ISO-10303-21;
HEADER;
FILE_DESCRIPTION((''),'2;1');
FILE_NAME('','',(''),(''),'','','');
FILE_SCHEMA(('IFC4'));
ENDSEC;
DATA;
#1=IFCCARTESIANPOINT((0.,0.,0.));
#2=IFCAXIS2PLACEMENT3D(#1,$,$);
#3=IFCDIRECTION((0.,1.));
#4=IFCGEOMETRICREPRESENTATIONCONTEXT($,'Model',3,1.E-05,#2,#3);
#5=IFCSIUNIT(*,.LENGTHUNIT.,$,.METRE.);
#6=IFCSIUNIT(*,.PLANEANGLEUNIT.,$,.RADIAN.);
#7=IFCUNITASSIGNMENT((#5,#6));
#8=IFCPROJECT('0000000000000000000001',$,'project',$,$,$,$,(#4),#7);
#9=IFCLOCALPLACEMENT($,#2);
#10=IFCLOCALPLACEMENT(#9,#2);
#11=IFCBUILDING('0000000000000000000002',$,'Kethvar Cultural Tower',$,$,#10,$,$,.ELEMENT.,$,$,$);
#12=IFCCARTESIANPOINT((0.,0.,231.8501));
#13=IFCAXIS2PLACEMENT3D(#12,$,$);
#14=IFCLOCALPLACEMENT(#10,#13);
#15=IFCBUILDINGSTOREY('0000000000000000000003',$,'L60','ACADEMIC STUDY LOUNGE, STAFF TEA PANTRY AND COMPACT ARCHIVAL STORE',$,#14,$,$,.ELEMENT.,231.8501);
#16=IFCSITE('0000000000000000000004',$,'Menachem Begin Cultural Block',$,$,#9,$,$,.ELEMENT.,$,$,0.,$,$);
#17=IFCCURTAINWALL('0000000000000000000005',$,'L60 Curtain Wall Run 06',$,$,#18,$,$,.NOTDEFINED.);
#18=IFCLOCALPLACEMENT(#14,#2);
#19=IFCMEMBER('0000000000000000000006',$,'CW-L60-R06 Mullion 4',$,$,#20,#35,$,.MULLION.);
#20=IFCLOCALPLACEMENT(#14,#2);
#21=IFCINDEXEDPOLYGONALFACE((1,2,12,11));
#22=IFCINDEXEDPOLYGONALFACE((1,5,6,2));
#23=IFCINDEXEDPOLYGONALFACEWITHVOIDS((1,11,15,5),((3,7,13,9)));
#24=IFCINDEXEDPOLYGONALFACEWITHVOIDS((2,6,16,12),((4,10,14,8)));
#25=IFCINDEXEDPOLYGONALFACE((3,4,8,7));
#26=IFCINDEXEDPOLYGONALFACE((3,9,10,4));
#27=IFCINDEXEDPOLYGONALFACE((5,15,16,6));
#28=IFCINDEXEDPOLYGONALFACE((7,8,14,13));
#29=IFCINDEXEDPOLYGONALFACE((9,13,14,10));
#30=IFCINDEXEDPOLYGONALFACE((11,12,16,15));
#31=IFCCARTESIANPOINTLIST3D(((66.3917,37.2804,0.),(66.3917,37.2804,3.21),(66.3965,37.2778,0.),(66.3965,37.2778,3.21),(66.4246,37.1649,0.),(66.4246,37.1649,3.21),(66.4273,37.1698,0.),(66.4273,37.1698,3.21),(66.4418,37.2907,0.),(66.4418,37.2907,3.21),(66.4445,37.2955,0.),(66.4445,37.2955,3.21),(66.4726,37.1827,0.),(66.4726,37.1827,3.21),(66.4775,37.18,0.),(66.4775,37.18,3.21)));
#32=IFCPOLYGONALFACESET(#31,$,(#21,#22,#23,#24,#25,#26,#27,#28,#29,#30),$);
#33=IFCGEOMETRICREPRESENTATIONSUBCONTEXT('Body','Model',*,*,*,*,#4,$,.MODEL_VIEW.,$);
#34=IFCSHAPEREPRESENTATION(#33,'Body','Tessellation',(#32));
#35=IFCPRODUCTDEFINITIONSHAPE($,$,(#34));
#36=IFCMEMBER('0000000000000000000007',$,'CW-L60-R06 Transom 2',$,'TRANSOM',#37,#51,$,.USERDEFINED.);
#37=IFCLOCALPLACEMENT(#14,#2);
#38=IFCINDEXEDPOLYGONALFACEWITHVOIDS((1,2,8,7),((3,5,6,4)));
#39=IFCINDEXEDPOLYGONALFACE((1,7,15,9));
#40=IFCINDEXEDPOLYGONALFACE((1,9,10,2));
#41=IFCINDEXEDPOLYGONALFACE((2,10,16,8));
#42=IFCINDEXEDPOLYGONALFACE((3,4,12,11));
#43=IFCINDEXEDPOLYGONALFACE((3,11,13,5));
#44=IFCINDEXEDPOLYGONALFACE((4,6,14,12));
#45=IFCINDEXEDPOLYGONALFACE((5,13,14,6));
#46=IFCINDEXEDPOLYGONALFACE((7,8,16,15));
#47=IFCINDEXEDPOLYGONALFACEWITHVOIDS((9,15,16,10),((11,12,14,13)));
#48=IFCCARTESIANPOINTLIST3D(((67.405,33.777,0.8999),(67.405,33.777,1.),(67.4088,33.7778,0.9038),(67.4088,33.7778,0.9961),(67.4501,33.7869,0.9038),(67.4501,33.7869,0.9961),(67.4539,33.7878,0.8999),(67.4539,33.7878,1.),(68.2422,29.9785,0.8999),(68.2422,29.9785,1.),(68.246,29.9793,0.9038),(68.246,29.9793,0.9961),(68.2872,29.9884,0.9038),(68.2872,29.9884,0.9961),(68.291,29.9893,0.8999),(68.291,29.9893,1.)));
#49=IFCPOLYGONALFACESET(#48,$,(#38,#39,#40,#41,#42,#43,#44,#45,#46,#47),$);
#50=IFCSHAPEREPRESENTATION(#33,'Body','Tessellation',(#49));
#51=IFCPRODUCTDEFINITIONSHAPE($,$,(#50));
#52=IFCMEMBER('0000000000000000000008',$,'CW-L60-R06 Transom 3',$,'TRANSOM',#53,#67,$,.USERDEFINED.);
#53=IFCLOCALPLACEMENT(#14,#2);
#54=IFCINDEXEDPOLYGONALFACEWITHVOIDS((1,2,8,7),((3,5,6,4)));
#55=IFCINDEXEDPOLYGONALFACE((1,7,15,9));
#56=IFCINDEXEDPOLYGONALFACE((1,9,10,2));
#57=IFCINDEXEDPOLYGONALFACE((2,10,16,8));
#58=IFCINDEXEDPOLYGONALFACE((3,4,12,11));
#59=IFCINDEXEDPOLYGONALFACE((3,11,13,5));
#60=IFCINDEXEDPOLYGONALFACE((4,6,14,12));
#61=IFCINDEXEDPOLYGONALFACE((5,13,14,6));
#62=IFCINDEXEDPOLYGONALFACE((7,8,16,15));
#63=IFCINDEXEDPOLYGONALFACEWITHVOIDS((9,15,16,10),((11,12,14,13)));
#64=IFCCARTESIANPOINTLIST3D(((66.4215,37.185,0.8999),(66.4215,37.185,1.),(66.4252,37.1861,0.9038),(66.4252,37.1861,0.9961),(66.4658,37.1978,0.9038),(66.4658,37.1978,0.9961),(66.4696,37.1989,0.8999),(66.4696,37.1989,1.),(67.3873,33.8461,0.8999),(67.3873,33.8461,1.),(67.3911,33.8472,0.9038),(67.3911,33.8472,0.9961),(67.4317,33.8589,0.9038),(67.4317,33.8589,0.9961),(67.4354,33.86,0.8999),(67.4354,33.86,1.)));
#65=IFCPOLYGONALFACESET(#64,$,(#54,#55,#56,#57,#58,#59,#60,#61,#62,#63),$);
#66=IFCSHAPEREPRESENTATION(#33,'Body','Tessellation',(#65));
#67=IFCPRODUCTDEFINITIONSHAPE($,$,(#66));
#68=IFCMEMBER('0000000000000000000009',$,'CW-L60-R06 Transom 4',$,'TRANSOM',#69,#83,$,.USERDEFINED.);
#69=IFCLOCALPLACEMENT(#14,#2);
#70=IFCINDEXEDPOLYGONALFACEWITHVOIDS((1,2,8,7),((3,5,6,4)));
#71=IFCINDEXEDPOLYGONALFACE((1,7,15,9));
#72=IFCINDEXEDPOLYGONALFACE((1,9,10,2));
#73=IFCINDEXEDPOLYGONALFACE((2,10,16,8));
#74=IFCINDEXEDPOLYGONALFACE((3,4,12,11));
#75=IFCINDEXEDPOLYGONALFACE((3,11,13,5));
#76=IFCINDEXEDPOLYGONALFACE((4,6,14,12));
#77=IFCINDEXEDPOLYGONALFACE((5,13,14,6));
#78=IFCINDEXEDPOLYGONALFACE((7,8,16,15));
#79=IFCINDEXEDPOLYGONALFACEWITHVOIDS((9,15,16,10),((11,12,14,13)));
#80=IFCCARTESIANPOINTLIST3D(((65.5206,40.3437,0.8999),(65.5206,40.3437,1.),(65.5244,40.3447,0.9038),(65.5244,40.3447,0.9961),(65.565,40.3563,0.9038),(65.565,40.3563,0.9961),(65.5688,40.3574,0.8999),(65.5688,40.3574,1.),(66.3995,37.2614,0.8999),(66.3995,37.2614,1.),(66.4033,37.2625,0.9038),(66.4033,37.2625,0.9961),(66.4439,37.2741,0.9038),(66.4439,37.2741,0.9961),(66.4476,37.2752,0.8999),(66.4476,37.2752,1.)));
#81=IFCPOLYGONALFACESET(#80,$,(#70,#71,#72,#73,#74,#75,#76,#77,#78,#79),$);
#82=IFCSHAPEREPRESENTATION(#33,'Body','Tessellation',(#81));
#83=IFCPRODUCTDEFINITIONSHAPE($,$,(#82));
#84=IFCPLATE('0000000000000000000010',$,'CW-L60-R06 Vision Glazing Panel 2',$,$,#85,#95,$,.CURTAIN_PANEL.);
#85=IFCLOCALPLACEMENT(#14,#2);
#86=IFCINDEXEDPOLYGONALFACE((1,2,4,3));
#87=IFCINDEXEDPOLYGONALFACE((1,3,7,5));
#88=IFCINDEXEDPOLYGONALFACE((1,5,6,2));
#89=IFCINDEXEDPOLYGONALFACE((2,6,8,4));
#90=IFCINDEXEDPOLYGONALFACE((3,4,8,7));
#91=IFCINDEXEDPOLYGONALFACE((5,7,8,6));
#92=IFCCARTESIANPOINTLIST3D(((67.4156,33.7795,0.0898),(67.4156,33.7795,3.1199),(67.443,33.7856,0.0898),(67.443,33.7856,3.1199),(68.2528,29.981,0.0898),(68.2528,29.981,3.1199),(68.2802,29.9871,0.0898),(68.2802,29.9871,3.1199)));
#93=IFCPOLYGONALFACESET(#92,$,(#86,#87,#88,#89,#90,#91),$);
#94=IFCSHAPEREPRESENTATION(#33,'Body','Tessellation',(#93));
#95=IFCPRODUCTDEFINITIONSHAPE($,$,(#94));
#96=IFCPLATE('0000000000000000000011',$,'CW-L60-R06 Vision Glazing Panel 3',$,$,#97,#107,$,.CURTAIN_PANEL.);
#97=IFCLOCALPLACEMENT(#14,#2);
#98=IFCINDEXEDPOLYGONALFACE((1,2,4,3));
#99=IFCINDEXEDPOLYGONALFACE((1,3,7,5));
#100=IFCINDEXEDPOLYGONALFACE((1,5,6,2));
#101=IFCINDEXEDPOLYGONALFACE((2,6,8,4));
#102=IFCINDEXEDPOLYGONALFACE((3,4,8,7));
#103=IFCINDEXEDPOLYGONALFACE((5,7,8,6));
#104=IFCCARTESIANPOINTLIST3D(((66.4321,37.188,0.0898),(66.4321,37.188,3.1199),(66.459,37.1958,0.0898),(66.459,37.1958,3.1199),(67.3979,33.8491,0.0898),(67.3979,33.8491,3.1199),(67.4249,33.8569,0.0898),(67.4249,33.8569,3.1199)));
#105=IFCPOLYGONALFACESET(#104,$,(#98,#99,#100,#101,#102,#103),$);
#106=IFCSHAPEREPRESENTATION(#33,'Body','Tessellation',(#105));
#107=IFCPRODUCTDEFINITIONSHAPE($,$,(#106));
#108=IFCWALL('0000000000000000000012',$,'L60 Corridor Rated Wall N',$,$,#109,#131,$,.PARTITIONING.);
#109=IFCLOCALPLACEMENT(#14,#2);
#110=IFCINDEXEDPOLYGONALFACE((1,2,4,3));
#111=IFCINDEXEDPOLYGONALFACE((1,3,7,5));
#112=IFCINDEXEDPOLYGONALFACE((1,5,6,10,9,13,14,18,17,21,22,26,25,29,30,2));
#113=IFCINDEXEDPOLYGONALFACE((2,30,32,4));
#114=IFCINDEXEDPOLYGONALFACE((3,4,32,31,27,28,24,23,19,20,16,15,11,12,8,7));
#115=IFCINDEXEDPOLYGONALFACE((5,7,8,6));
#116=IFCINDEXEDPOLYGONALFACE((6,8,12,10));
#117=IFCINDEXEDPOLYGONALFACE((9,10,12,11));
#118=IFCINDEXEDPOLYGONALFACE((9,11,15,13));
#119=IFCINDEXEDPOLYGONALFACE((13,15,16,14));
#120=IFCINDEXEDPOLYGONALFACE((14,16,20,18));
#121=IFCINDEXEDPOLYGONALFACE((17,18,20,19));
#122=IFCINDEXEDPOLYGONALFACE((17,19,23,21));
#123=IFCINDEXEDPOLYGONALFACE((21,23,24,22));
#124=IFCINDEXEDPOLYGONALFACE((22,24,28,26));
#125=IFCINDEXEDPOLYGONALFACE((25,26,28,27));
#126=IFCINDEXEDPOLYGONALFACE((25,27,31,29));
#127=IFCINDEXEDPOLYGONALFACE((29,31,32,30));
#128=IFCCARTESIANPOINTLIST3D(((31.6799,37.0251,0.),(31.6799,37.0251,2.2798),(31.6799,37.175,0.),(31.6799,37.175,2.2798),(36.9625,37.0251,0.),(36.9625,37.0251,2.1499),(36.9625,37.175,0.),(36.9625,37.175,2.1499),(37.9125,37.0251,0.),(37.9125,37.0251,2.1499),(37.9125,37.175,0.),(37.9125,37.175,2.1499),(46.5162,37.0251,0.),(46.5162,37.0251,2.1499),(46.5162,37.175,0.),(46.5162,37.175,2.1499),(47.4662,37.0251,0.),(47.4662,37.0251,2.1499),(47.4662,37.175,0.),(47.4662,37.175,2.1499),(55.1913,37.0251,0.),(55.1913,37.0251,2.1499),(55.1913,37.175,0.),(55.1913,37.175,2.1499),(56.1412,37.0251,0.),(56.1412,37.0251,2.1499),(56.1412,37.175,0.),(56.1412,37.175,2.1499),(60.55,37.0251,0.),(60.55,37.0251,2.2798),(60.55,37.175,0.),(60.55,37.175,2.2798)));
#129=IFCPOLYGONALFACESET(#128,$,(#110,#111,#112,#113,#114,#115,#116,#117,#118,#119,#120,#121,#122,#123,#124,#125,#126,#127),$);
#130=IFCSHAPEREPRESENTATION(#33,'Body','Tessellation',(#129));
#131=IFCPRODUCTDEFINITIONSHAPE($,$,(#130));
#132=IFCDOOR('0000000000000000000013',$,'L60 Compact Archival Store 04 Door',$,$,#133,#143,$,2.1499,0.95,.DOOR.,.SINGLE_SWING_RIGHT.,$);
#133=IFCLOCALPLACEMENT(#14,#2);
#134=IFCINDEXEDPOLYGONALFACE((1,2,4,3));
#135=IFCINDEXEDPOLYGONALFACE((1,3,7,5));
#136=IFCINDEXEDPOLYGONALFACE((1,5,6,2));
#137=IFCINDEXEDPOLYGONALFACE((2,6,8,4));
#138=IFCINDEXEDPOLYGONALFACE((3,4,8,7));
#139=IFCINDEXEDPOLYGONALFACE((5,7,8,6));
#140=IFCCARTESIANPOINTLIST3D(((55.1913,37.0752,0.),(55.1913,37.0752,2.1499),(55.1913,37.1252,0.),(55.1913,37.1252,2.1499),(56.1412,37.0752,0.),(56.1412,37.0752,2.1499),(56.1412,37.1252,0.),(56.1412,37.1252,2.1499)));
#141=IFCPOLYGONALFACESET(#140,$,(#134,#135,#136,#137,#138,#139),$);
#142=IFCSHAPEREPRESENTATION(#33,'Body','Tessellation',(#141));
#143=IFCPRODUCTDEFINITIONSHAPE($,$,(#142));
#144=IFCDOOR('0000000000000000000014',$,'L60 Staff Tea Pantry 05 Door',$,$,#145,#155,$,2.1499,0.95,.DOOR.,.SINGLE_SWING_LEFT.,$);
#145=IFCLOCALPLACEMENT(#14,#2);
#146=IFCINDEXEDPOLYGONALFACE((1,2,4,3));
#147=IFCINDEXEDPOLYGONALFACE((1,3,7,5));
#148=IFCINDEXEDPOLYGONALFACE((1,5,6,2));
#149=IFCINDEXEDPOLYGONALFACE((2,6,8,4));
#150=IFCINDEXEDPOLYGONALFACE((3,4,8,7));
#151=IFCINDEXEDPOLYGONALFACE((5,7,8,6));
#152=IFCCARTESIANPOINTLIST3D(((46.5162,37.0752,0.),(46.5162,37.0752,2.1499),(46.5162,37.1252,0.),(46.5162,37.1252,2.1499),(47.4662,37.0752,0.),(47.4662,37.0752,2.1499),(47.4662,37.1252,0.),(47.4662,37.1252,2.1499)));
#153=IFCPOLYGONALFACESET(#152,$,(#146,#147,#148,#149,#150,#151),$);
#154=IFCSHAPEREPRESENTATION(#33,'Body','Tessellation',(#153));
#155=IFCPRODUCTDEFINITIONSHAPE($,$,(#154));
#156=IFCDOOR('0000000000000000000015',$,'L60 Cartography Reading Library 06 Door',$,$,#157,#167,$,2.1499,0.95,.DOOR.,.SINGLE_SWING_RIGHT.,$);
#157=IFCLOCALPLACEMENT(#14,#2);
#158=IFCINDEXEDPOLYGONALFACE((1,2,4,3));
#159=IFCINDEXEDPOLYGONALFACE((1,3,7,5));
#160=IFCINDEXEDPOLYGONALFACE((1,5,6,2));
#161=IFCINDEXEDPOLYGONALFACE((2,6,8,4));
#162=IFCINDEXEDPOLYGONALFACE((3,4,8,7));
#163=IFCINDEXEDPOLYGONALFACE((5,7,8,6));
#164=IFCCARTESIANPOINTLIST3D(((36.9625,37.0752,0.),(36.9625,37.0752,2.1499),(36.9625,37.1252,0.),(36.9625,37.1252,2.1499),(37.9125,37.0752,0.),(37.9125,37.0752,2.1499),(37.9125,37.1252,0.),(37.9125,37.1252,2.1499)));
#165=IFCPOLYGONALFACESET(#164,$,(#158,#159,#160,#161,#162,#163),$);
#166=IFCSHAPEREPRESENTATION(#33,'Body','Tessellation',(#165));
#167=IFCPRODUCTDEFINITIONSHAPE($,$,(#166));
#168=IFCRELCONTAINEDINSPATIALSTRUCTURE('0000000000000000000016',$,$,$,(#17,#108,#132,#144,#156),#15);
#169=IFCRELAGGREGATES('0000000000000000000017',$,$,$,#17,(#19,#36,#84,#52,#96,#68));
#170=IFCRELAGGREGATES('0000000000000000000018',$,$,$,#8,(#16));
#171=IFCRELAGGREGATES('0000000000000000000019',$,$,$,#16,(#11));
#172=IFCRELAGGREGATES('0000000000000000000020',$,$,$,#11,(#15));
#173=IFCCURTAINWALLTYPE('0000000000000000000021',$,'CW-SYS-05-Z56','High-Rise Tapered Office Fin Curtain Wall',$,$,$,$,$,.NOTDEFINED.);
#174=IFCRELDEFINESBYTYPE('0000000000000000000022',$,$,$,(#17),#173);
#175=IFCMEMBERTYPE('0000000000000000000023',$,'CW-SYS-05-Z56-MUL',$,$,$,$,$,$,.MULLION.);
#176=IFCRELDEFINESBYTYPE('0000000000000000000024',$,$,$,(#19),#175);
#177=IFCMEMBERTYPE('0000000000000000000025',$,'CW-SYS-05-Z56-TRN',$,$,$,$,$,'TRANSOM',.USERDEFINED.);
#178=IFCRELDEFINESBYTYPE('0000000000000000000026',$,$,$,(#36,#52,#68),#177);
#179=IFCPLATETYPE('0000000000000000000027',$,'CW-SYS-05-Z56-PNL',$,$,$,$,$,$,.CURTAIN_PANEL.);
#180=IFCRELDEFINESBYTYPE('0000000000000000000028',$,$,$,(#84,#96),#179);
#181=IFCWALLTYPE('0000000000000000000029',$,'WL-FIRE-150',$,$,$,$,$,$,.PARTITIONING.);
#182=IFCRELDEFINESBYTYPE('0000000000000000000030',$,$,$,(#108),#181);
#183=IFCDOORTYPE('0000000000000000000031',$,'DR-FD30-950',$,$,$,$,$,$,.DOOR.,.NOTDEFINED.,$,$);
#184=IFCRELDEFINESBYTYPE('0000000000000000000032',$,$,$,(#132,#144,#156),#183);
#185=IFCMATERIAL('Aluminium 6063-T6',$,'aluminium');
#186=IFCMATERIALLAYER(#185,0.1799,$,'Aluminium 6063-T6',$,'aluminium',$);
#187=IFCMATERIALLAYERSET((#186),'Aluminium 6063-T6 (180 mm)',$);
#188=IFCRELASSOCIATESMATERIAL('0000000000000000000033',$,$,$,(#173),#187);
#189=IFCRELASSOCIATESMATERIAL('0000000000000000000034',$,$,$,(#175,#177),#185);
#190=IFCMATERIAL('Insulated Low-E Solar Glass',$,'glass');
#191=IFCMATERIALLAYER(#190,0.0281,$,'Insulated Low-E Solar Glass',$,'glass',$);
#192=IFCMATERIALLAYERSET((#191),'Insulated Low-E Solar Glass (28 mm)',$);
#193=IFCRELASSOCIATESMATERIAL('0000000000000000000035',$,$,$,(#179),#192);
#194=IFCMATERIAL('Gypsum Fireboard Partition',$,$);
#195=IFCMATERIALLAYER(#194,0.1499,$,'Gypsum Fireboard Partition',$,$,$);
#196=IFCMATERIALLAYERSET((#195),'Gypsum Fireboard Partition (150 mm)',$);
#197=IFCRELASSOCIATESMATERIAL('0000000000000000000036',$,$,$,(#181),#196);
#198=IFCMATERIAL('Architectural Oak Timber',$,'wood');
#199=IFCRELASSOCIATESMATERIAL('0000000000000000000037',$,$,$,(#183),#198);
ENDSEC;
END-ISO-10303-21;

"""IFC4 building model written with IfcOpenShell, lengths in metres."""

from ifc_helpers import new_model, si_unit, direction, frame, frame_2d, origin, origin_2d, place, context, subcontext, project, spatial, rectangle, hollow_rectangle, extrude, source, transform, mapped, material, layer, layer_set, material_profile, profile_set, type_object, element, fill, aggregate, save


model = new_model("IFC4")

# Units and contexts
model_context = context("Model", 3, precision=1e-05, world=origin(), true_north=direction((0.0, 1.0)))
body_context = subcontext(model_context, "Body", "Model", "MODEL_VIEW")
ifc_project = project(units=[si_unit("LENGTHUNIT", "METRE"), si_unit("PLANEANGLEUNIT", "RADIAN")], contexts=[model_context])

# Site, building, storey
site_placement = place(None, origin())
site = spatial("IfcSite", under=ifc_project, at=site_placement, Name="Menachem Begin Cultural Block", CompositionType="ELEMENT", RefElevation=0.0)
building_placement = place(site_placement, origin())
building = spatial("IfcBuilding", under=site, at=building_placement, Name="Kethvar Cultural Tower", CompositionType="ELEMENT")
storey_placement = place(building_placement, frame((0.0, 0.0, 231.8501)))
storey = spatial("IfcBuildingStorey", under=building, at=storey_placement, Name="L60", Description="ACADEMIC STUDY LOUNGE, STAFF TEA PANTRY AND COMPACT ARCHIVAL STORE", CompositionType="ELEMENT", Elevation=231.8501)

# Curtain wall, members, plates
ifc_material_1 = material(Name="Aluminium 6063-T6", Category="aluminium")
ifc_layer_1 = layer(ifc_material_1, 0.1799, Name="Aluminium 6063-T6", Category="aluminium")
ifc_layer_set_1 = layer_set([ifc_layer_1], Name="Aluminium 6063-T6 (180 mm)")
curtain_wall_type = type_object("IfcCurtainWallType", Name="CW-SYS-05-Z56", Description="High-Rise Tapered Office Fin Curtain Wall", PredefinedType="NOTDEFINED", material=ifc_layer_set_1)
curtain_wall_placement = place(storey_placement, origin())
curtain_wall = element("IfcCurtainWall", 1, at=curtain_wall_placement, inside=storey, type_object=curtain_wall_type, Name="L60 Curtain Wall Run 06", PredefinedType="NOTDEFINED")
ifc_material_profile_1 = material_profile(ifc_material_1, hollow_rectangle(XDim=0.0549, YDim=0.1201, WallThickness=0.0039, at=origin_2d()), Name="Aluminium 6063-T6 — RHS120x55x4")
ifc_profile_set_1 = profile_set([ifc_material_profile_1], Name="Aluminium 6063-T6 — RHS120x55x4")
member_type_1 = type_object("IfcMemberType", Name="CW-SYS-05-Z56-MUL", PredefinedType="MULLION", material=ifc_profile_set_1)
shared_shape_1 = source(origin(), body_context, "Body", "SweptSolid", [
    extrude(hollow_rectangle(XDim=0.0549, YDim=0.1201, WallThickness=0.0039, at=origin_2d()), origin(), (0.0, 0.0, 1.0), 3.21),
])
member_1_placement = place(storey_placement, frame((66.4346, 37.2302, 0.0), z_axis=(0.0, 0.0, 1.0), x_axis=(-0.961655, -0.274261, 0.0)))
member_1 = element("IfcMember", 2, at=member_1_placement, type_object=member_type_1, Name="CW-L60-R06 Mullion 4", PredefinedType="MULLION", context=body_context, shape_type="MappedRepresentation", body=[
    mapped(shared_shape_1, transform((0.0, 0.0, 0.0), scale=1.0)),
])
ifc_material_profile_2 = material_profile(ifc_material_1, hollow_rectangle(XDim=0.05, YDim=0.1001, WallThickness=0.0039, at=origin_2d()), Name="Aluminium 6063-T6 — RHS100x50x4")
ifc_profile_set_2 = profile_set([ifc_material_profile_2], Name="Aluminium 6063-T6 — RHS100x50x4")
member_type_2 = type_object("IfcMemberType", Name="CW-SYS-05-Z56-TRN", ElementType="TRANSOM", PredefinedType="USERDEFINED", material=ifc_profile_set_2)
shared_shape_2 = source(origin(), body_context, "Body", "SweptSolid", [
    extrude(hollow_rectangle(XDim=0.05, YDim=0.1001, WallThickness=0.0039, at=origin_2d()), origin(), (0.0, 0.0, 1.0), 3.8896),
])
member_2_placement = place(storey_placement, frame((68.2666, 29.9839, 0.95), z_axis=(-0.215222, 0.976565, 0.0), x_axis=(-0.976565, -0.215222, 0.0)))
member_2 = element("IfcMember", 3, at=member_2_placement, type_object=member_type_2, Name="CW-L60-R06 Transom 2", ObjectType="TRANSOM", PredefinedType="USERDEFINED", context=body_context, shape_type="MappedRepresentation", body=[
    mapped(shared_shape_2, transform((0.0, 0.0, 0.0), scale=1.0)),
])
shared_shape_3 = source(origin(), body_context, "Body", "SweptSolid", [
    extrude(hollow_rectangle(XDim=0.05, YDim=0.1001, WallThickness=0.0039, at=origin_2d()), origin(), (0.0, 0.0, 1.0), 3.4758),
])
member_3_placement = place(storey_placement, frame((67.4114, 33.853, 0.95), z_axis=(-0.277874, 0.960618, 0.0), x_axis=(-0.960618, -0.277874, 0.0)))
member_3 = element("IfcMember", 4, at=member_3_placement, type_object=member_type_2, Name="CW-L60-R06 Transom 3", ObjectType="TRANSOM", PredefinedType="USERDEFINED", context=body_context, shape_type="MappedRepresentation", body=[
    mapped(shared_shape_3, transform((0.0, 0.0, 0.0), scale=1.0)),
])
shared_shape_4 = source(origin(), body_context, "Body", "SweptSolid", [
    extrude(hollow_rectangle(XDim=0.05, YDim=0.1001, WallThickness=0.0039, at=origin_2d()), origin(), (0.0, 0.0, 1.0), 3.2051),
])
member_4_placement = place(storey_placement, frame((66.4236, 37.2683, 0.95), z_axis=(-0.274218, 0.961668, 0.0), x_axis=(-0.961668, -0.274218, 0.0)))
member_4 = element("IfcMember", 5, at=member_4_placement, type_object=member_type_2, Name="CW-L60-R06 Transom 4", ObjectType="TRANSOM", PredefinedType="USERDEFINED", context=body_context, shape_type="MappedRepresentation", body=[
    mapped(shared_shape_4, transform((0.0, 0.0, 0.0), scale=1.0)),
])
ifc_material_2 = material(Name="Insulated Low-E Solar Glass", Category="glass")
ifc_layer_2 = layer(ifc_material_2, 0.0281, Name="Insulated Low-E Solar Glass", Category="glass")
ifc_layer_set_2 = layer_set([ifc_layer_2], Name="Insulated Low-E Solar Glass (28 mm)")
plate_type = type_object("IfcPlateType", Name="CW-SYS-05-Z56-PNL", PredefinedType="CURTAIN_PANEL", material=ifc_layer_set_2)
shared_shape_5 = source(origin(), body_context, "Body", "SweptSolid", [
    extrude(rectangle(XDim=3.8896, YDim=0.0281, at=origin_2d()), origin(), (0.0, 0.0, 1.0), 3.03),
])
plate_1_placement = place(storey_placement, frame((67.8479, 31.8833, 0.0898), z_axis=(0.0, 0.0, 1.0), x_axis=(-0.215247, 0.97656, 0.0)))
plate_1 = element("IfcPlate", 6, at=plate_1_placement, type_object=plate_type, Name="CW-L60-R06 Vision Glazing Panel 2", PredefinedType="CURTAIN_PANEL", context=body_context, shape_type="MappedRepresentation", body=[
    mapped(shared_shape_5, transform((0.0, 0.0, 0.0), scale=1.0)),
])
shared_shape_6 = source(origin(), body_context, "Body", "SweptSolid", [
    extrude(rectangle(XDim=3.4758, YDim=0.0281, at=origin_2d()), origin(), (0.0, 0.0, 1.0), 3.03),
])
plate_2_placement = place(storey_placement, frame((66.9285, 35.5225, 0.0898), z_axis=(0.0, 0.0, 1.0), x_axis=(-0.277868, 0.960619, 0.0)))
plate_2 = element("IfcPlate", 7, at=plate_2_placement, type_object=plate_type, Name="CW-L60-R06 Vision Glazing Panel 3", PredefinedType="CURTAIN_PANEL", context=body_context, shape_type="MappedRepresentation", body=[
    mapped(shared_shape_6, transform((0.0, 0.0, 0.0), scale=1.0)),
])
aggregate(curtain_wall, [member_1, member_2, plate_1, member_3, plate_2, member_4])

# Wall, openings, doors
ifc_material_3 = material(Name="Gypsum Fireboard Partition")
ifc_layer_3 = layer(ifc_material_3, 0.1499, Name="Gypsum Fireboard Partition")
ifc_layer_set_3 = layer_set([ifc_layer_3], Name="Gypsum Fireboard Partition (150 mm)")
wall_type_1 = type_object("IfcWallType", Name="WL-FIRE-150", PredefinedType="PARTITIONING", material=ifc_layer_set_3)
wall_1_placement = place(storey_placement, frame((60.55, 37.1001, 0.0), z_axis=(0.0, 0.0, 1.0), x_axis=(-1.0, 0.0, 0.0)))
wall_1 = element("IfcWall", 8, at=wall_1_placement, inside=storey, type_object=wall_type_1, Name="L60 Corridor Rated Wall N", PredefinedType="PARTITIONING", context=body_context, shape_type="SweptSolid", body=[
    extrude(rectangle(XDim=28.8701, YDim=0.1499, at=frame_2d((14.4351, 0.0))), origin(), (0.0, 0.0, 1.0), 2.2798),
])
opening_1_placement = place(wall_1_placement, frame((4.4087, 0.0, 0.0)))
opening_1 = element("IfcOpeningElement", 9, at=opening_1_placement, cuts=wall_1, PredefinedType="OPENING", context=body_context, shape_type="SweptSolid", body=[
    extrude(rectangle(XDim=0.95, YDim=2.1499, at=frame_2d((0.4751, 1.075))), frame((0.0, 0.085, 0.0), z_axis=(0.0, -1.0, 0.0), x_axis=(1.0, 0.0, 0.0)), (0.0, 0.0, 1.0), 0.1699),
])
opening_2_placement = place(wall_1_placement, frame((13.0837, 0.0, 0.0)))
opening_2 = element("IfcOpeningElement", 10, at=opening_2_placement, cuts=wall_1, PredefinedType="OPENING", context=body_context, shape_type="SweptSolid", body=[
    extrude(rectangle(XDim=0.95, YDim=2.1499, at=frame_2d((0.4751, 1.075))), frame((0.0, 0.085, 0.0), z_axis=(0.0, -1.0, 0.0), x_axis=(1.0, 0.0, 0.0)), (0.0, 0.0, 1.0), 0.1699),
])
opening_3_placement = place(wall_1_placement, frame((22.6375, 0.0, 0.0)))
opening_3 = element("IfcOpeningElement", 11, at=opening_3_placement, cuts=wall_1, PredefinedType="OPENING", context=body_context, shape_type="SweptSolid", body=[
    extrude(rectangle(XDim=0.95, YDim=2.1499, at=frame_2d((0.4751, 1.075))), frame((0.0, 0.085, 0.0), z_axis=(0.0, -1.0, 0.0), x_axis=(1.0, 0.0, 0.0)), (0.0, 0.0, 1.0), 0.1699),
])
ifc_material_4 = material(Name="Architectural Oak Timber", Category="wood")
door_type = type_object("IfcDoorType", Name="DR-FD30-950", OperationType="NOTDEFINED", PredefinedType="DOOR", material=ifc_material_4)
shared_shape_7 = source(origin(), body_context, "Body", "SweptSolid", [
    extrude(rectangle(XDim=0.95, YDim=2.1499, at=frame_2d((0.4751, 1.075))), frame((0.0, 0.0249, 0.0), z_axis=(0.0, -1.0, 0.0), x_axis=(1.0, 0.0, 0.0)), (0.0, 0.0, 1.0), 0.05),
])
door_1_placement = place(opening_1_placement, origin())
door_1 = element("IfcDoor", 12, at=door_1_placement, inside=storey, type_object=door_type, Name="L60 Compact Archival Store 04 Door", OperationType="SINGLE_SWING_RIGHT", OverallHeight=2.1499, OverallWidth=0.95, PredefinedType="DOOR", context=body_context, shape_type="MappedRepresentation", body=[
    mapped(shared_shape_7, transform((0.0, 0.0, 0.0), scale=1.0)),
])
fill(opening_1, door_1)
door_2_placement = place(opening_2_placement, origin())
door_2 = element("IfcDoor", 13, at=door_2_placement, inside=storey, type_object=door_type, Name="L60 Staff Tea Pantry 05 Door", OperationType="SINGLE_SWING_LEFT", OverallHeight=2.1499, OverallWidth=0.95, PredefinedType="DOOR", context=body_context, shape_type="MappedRepresentation", body=[
    mapped(shared_shape_7, transform((0.0, 0.0, 0.0), scale=1.0)),
])
fill(opening_2, door_2)
door_3_placement = place(opening_3_placement, origin())
door_3 = element("IfcDoor", 14, at=door_3_placement, inside=storey, type_object=door_type, Name="L60 Cartography Reading Library 06 Door", OperationType="SINGLE_SWING_RIGHT", OverallHeight=2.1499, OverallWidth=0.95, PredefinedType="DOOR", context=body_context, shape_type="MappedRepresentation", body=[
    mapped(shared_shape_7, transform((0.0, 0.0, 0.0), scale=1.0)),
])
fill(opening_3, door_3)

save(model, "model.ifc")
